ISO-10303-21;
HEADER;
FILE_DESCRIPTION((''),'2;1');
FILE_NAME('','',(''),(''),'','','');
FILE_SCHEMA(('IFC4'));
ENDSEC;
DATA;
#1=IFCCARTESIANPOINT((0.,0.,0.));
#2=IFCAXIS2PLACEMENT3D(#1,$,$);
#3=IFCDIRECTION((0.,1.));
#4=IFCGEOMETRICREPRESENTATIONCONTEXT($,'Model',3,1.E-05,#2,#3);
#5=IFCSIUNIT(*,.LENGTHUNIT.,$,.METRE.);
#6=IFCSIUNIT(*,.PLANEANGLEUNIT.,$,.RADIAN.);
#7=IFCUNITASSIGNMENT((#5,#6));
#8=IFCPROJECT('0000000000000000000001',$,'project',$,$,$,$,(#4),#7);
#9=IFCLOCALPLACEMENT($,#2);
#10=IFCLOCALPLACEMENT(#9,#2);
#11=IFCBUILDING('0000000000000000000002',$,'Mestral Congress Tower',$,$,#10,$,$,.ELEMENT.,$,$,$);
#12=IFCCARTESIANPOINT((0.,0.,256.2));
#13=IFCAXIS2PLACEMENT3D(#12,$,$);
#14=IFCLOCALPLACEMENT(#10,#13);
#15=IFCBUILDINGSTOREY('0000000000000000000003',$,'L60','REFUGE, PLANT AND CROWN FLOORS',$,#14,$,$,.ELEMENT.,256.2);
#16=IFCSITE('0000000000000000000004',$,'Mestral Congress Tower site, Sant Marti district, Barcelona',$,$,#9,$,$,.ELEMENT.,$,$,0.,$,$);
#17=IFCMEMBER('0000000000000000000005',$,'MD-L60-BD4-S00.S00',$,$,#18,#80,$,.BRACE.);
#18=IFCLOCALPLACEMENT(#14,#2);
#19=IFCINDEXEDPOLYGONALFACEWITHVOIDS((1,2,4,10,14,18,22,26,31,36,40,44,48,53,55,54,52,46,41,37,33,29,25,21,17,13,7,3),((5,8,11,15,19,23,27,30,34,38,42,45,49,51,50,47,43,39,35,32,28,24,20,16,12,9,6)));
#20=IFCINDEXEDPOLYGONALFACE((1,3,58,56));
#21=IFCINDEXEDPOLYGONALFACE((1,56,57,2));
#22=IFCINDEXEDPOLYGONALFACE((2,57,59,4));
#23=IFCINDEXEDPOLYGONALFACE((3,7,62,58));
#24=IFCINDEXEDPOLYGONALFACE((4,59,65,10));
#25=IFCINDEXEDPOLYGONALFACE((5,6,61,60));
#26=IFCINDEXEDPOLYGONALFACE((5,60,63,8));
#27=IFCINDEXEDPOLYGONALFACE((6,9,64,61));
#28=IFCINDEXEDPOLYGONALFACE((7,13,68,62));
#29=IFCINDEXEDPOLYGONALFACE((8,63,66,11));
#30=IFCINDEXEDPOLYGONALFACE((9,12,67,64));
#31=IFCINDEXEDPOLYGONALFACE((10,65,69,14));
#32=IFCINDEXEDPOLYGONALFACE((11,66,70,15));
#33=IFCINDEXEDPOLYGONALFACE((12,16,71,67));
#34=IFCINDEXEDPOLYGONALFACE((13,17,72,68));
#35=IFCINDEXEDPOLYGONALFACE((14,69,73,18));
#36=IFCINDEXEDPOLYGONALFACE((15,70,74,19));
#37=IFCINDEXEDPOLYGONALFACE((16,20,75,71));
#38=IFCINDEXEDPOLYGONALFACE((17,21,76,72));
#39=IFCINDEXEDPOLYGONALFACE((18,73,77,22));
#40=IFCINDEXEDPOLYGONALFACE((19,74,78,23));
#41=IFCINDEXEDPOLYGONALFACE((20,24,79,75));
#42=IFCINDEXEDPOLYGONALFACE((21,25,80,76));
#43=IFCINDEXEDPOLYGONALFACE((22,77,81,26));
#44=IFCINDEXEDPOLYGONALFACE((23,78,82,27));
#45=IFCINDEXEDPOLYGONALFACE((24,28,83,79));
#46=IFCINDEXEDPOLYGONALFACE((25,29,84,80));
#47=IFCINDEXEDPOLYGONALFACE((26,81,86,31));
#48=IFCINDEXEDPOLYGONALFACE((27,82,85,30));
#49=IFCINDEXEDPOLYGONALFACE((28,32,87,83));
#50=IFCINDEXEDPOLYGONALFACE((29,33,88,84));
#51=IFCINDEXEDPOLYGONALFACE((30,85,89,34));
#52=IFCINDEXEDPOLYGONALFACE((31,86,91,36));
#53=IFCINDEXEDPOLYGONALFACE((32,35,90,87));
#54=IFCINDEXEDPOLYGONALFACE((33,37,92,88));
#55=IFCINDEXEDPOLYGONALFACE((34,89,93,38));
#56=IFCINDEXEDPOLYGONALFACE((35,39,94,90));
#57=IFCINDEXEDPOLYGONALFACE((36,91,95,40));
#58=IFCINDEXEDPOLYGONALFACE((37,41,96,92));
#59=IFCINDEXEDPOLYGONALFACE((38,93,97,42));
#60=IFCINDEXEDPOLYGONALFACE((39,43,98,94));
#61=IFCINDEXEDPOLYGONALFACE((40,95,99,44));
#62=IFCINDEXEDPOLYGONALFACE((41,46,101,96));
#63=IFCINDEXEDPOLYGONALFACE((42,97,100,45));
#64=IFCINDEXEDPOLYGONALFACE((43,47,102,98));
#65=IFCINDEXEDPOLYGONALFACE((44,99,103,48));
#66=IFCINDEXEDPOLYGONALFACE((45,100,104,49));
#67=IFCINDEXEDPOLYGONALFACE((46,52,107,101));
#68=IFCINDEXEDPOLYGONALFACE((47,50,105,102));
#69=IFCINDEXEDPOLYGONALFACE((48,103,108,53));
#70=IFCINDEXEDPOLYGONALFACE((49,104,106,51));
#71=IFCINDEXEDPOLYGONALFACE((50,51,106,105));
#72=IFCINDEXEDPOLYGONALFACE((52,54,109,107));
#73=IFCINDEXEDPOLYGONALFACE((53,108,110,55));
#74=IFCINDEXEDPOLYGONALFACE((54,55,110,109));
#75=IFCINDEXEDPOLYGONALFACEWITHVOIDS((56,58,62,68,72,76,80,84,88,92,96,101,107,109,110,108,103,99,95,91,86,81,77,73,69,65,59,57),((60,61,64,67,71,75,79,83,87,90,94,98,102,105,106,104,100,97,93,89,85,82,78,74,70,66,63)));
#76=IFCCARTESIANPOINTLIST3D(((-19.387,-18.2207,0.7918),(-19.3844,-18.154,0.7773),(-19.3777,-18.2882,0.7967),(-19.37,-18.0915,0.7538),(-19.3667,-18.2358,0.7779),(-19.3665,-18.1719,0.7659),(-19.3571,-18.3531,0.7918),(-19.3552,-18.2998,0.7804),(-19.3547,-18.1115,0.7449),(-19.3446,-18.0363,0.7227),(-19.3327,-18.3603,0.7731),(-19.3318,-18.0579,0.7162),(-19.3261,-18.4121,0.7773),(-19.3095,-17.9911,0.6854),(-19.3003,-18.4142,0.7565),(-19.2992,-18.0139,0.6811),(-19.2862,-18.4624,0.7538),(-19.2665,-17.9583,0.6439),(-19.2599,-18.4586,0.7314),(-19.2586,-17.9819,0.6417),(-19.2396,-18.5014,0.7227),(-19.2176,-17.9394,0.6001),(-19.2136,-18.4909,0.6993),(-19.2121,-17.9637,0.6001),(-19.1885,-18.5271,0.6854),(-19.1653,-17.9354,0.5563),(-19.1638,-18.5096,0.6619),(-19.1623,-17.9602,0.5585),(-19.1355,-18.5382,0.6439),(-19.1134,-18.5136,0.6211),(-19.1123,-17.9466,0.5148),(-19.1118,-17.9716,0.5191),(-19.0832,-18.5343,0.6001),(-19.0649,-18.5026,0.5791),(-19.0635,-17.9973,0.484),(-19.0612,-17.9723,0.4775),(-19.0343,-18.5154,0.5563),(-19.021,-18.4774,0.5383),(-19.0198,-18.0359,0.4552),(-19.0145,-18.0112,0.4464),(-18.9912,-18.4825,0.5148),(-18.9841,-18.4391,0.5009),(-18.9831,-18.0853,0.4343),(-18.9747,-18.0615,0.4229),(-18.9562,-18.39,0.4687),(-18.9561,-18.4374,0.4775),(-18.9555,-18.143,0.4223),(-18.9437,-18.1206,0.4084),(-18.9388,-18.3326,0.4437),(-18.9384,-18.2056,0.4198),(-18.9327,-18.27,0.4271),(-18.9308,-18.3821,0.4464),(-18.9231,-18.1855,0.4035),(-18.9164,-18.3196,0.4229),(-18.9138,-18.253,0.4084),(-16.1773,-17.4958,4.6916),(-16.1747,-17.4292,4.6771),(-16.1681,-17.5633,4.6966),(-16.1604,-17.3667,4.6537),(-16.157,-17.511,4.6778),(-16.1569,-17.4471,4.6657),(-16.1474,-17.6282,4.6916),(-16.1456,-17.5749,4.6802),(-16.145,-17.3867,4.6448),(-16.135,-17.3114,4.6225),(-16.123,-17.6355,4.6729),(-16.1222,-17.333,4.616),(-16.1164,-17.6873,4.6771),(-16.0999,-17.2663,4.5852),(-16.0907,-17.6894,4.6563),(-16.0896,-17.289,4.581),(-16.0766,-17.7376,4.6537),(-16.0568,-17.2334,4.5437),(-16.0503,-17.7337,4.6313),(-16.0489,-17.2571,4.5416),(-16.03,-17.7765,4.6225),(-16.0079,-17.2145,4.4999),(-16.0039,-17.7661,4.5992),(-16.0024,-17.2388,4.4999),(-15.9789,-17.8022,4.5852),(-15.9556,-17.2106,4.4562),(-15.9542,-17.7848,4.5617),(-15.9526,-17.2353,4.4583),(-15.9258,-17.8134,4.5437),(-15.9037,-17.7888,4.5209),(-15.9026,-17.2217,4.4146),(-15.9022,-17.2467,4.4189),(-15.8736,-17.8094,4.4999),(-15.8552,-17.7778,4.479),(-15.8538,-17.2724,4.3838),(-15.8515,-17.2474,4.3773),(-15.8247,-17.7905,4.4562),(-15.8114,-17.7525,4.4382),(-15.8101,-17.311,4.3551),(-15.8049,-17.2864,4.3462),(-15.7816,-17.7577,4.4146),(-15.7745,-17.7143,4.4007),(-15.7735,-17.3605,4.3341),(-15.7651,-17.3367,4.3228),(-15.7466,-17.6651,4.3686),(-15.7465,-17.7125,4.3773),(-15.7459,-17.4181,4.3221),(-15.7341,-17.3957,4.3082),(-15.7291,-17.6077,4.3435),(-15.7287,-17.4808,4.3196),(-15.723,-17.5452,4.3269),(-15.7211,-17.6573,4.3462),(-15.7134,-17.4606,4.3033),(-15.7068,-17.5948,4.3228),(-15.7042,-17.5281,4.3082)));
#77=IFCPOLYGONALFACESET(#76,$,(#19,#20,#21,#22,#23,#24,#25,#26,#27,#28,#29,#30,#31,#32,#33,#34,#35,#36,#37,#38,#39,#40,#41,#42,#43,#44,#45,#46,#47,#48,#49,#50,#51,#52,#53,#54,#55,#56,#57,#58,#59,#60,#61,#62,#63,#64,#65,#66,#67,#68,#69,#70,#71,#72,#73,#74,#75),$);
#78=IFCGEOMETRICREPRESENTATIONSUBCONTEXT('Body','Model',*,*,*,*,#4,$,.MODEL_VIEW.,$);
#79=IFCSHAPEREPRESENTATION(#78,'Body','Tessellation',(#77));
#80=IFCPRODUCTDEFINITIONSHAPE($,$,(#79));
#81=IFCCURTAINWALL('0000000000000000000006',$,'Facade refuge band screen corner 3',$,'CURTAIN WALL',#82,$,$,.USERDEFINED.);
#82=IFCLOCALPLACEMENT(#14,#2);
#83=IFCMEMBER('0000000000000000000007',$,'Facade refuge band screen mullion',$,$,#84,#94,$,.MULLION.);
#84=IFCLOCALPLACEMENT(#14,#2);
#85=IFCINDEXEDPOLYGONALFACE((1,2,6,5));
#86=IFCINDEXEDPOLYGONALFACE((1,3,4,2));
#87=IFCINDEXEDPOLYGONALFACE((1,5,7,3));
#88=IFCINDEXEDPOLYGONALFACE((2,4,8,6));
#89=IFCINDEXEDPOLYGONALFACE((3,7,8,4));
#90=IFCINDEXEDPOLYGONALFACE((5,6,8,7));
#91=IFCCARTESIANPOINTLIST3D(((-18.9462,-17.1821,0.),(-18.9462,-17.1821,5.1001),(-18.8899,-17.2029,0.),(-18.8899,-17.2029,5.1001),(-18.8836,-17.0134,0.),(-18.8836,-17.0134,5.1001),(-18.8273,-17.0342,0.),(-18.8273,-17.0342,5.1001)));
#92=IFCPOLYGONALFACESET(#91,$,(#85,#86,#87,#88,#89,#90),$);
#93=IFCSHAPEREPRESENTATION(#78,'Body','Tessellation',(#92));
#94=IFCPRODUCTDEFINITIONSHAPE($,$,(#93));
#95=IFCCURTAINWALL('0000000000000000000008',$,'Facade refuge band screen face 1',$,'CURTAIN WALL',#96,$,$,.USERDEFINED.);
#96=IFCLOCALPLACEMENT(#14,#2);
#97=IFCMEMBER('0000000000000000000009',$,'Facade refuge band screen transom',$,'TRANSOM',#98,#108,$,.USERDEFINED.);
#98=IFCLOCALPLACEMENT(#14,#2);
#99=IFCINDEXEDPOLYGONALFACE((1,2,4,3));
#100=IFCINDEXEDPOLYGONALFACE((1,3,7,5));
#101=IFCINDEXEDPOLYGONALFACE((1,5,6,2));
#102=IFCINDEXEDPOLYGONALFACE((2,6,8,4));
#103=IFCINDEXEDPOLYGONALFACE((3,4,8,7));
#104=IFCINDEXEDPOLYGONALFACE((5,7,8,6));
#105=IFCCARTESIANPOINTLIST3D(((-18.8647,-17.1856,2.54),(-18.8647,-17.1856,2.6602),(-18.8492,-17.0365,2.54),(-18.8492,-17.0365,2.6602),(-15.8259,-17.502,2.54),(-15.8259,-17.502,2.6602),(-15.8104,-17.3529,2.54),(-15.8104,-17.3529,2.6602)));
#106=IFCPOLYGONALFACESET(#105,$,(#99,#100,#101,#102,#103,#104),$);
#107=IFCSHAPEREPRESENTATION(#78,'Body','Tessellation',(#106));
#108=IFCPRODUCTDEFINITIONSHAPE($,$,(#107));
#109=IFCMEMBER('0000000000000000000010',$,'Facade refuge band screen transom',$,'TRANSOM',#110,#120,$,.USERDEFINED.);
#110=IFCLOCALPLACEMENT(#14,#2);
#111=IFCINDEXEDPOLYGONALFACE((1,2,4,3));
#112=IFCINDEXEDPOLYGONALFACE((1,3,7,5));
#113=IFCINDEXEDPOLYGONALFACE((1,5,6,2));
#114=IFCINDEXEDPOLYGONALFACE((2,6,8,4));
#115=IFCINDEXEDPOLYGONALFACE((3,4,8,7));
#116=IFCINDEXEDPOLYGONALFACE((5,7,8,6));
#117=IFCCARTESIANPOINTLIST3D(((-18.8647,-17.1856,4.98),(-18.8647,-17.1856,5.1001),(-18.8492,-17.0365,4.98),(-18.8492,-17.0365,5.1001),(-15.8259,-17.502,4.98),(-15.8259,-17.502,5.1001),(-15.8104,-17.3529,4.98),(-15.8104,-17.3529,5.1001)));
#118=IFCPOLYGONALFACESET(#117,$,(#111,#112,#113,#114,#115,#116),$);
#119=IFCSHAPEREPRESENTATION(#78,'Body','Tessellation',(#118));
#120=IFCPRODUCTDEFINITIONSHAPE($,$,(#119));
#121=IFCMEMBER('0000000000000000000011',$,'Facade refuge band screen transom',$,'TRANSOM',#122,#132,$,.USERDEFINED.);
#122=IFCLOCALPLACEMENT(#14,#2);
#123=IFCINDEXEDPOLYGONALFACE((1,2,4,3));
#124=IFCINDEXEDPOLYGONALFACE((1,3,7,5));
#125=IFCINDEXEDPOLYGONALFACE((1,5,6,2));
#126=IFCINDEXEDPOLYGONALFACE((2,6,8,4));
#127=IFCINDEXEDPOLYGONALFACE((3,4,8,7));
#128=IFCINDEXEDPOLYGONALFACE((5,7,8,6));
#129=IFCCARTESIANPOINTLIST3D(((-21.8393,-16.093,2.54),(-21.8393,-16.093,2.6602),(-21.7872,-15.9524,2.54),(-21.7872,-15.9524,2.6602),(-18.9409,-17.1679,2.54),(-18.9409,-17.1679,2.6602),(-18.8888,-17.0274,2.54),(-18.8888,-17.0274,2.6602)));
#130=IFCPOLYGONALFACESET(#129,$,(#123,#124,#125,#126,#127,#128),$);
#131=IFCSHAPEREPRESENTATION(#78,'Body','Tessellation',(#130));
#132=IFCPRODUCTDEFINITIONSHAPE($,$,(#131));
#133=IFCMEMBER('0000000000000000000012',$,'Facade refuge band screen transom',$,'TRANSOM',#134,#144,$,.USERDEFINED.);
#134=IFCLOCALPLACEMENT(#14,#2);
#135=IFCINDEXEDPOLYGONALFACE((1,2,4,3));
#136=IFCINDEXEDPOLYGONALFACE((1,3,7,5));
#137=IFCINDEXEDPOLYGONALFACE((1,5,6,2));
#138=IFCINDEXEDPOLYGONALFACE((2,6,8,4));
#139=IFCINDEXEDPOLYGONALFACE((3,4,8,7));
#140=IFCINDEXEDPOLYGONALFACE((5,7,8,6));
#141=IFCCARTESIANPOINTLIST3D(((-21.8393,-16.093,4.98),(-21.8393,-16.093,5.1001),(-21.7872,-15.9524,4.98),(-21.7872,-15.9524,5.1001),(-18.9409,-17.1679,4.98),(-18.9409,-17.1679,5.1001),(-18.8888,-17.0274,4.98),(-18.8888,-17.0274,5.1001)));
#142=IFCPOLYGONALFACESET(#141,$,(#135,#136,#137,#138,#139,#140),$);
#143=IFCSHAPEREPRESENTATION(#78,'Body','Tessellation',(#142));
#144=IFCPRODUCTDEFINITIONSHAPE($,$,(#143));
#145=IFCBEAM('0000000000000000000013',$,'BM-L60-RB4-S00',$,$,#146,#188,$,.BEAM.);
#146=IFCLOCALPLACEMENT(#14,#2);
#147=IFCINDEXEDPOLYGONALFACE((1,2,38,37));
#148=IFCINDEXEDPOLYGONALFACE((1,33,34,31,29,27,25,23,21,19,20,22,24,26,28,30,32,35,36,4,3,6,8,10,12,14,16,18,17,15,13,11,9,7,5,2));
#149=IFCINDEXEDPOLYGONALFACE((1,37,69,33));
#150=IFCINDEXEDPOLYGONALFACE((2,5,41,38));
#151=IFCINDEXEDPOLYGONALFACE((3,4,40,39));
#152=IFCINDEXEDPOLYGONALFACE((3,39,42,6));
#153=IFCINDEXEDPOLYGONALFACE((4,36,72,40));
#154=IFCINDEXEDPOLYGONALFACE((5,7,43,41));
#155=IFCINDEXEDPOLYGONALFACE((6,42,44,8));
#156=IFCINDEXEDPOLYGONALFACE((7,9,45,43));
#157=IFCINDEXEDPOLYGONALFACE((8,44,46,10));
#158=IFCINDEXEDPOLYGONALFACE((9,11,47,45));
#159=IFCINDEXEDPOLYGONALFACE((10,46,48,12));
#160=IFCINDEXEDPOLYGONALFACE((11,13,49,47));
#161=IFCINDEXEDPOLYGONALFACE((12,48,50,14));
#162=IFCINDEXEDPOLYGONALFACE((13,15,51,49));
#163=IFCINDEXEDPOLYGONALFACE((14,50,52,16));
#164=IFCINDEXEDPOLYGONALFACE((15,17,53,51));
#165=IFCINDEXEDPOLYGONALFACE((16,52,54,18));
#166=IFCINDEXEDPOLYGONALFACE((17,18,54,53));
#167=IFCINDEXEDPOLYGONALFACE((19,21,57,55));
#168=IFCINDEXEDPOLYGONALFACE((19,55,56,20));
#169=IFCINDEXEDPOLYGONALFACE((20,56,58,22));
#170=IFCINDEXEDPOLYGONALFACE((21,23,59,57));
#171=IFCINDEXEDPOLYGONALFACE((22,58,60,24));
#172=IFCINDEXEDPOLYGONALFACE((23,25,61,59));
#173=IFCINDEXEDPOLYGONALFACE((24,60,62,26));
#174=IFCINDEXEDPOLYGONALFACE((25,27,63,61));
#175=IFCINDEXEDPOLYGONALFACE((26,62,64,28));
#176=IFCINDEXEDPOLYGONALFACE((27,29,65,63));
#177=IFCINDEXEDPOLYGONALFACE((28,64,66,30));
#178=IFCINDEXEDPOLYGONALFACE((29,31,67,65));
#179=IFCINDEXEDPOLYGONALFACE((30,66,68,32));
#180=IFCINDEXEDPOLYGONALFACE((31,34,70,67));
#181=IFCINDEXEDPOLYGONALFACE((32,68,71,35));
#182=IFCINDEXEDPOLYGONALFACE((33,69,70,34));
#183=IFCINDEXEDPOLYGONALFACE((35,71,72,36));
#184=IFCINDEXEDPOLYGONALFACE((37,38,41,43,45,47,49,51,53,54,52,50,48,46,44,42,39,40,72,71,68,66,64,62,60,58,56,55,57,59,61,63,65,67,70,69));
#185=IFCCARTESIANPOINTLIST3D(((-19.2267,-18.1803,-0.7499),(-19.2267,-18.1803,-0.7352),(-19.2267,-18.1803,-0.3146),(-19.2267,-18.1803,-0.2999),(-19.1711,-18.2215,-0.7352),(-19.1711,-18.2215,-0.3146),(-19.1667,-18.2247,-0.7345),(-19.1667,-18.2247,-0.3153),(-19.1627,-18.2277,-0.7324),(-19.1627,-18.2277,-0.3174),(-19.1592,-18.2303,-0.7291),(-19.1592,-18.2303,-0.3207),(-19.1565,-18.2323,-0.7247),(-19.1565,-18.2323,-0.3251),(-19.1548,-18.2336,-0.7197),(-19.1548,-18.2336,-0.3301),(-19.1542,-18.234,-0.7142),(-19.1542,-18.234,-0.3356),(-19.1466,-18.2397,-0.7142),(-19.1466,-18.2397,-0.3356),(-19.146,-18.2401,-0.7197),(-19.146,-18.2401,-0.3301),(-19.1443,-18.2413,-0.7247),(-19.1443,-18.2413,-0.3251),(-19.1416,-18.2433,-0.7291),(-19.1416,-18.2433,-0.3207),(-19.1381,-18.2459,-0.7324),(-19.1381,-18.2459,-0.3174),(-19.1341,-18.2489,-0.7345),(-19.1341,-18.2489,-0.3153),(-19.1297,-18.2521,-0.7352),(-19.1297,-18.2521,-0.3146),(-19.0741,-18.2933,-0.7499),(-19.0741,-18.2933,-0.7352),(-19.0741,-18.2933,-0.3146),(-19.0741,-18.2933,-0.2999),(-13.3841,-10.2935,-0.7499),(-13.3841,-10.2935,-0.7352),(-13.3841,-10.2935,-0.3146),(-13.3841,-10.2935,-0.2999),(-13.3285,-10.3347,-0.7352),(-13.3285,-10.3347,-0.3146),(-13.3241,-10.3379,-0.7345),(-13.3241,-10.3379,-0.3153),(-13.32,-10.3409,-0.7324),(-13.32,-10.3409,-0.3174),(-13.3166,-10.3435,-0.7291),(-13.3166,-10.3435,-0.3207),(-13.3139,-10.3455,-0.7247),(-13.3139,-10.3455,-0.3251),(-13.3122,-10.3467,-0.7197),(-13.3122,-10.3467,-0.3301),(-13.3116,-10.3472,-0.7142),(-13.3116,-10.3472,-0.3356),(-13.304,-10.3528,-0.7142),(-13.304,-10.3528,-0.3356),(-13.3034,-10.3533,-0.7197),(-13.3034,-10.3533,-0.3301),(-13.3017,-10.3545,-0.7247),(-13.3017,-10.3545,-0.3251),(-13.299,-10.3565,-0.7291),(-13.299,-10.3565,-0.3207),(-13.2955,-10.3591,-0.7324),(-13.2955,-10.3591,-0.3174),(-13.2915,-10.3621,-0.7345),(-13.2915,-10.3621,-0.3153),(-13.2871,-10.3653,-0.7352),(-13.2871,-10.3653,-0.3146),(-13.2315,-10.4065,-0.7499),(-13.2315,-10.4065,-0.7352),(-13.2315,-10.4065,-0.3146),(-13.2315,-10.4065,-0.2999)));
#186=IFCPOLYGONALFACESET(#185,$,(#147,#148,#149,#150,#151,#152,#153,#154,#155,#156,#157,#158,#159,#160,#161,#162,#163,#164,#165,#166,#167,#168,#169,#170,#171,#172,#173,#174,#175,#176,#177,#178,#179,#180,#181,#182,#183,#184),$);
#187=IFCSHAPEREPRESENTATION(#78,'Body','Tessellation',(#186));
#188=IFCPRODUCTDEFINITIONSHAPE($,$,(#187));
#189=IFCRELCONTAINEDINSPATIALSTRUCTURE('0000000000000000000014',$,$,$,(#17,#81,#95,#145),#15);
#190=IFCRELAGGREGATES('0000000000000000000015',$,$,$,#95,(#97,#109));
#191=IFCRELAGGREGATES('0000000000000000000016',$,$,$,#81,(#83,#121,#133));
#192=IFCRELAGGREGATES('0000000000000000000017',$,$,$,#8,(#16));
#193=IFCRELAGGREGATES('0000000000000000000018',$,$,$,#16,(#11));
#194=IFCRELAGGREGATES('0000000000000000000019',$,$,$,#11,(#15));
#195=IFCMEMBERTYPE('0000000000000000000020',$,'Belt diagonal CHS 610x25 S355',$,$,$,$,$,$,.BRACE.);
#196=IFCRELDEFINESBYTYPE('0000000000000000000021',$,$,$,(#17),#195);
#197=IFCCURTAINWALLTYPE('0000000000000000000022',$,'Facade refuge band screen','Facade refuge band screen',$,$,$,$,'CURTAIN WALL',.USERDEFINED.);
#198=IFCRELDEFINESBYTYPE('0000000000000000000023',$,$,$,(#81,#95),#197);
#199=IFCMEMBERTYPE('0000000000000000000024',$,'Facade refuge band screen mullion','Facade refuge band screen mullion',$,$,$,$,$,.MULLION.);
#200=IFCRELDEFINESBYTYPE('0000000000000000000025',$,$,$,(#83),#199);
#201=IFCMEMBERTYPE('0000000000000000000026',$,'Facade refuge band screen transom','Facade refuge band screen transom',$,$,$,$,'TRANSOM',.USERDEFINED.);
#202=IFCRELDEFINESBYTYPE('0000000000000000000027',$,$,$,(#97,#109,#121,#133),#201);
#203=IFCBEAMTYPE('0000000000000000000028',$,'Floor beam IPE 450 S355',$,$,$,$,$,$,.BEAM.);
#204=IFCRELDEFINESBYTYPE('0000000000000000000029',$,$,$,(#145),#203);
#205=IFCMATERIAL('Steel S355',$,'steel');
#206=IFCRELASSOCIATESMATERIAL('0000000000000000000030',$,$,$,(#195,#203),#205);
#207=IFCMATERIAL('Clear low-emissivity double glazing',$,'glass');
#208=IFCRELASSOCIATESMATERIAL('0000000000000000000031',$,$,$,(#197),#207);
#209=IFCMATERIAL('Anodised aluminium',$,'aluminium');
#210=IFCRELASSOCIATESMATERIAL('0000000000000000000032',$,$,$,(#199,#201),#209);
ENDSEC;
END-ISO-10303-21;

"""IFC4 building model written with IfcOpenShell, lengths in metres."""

from ifc_helpers import new_model, si_unit, direction, frame, origin, origin_2d, place, context, subcontext, project, spatial, rectangle, hollow_circle, i_section, extrude, material, material_profile, profile_set, type_object, element, aggregate, save


model = new_model("IFC4")

# Units and contexts
model_context = context("Model", 3, precision=1e-05, world=origin(), true_north=direction((0.0, 1.0)))
body_context = subcontext(model_context, "Body", "Model", "MODEL_VIEW")
ifc_project = project(units=[si_unit("LENGTHUNIT", "METRE"), si_unit("PLANEANGLEUNIT", "RADIAN")], contexts=[model_context])

# Site, building, storey
site_placement = place(None, origin())
site = spatial("IfcSite", under=ifc_project, at=site_placement, Name="Mestral Congress Tower site, Sant Marti district, Barcelona", CompositionType="ELEMENT", RefElevation=0.0)
building_placement = place(site_placement, origin())
building = spatial("IfcBuilding", under=site, at=building_placement, Name="Mestral Congress Tower", CompositionType="ELEMENT")
storey_placement = place(building_placement, frame((0.0, 0.0, 256.2)))
storey = spatial("IfcBuildingStorey", under=building, at=storey_placement, Name="L60", Description="REFUGE, PLANT AND CROWN FLOORS", CompositionType="ELEMENT", Elevation=256.2)

# Member
ifc_material_1 = material(Name="Steel S355", Category="steel")
ifc_material_profile_1 = material_profile(ifc_material_1, hollow_circle(Radius=0.3049, WallThickness=0.0249, at=origin_2d()), Name="CHS 610x25")
ifc_profile_set_1 = profile_set([ifc_material_profile_1], Name="Steel S355")
member_type_1 = type_object("IfcMemberType", Name="Belt diagonal CHS 610x25 S355", PredefinedType="BRACE", material=ifc_profile_set_1)
member_1_placement = place(storey_placement, frame((-19.1504, -18.2368, 0.6001), z_axis=(0.629031, 0.142055, 0.764291), x_axis=(-0.220284, 0.975436, 0.0)))
element("IfcMember", 1, at=member_1_placement, inside=storey, type_object=member_type_1, Name="MD-L60-BD4-S00.S00", PredefinedType="BRACE", context=body_context, shape_type="SweptSolid", body=[
    extrude(hollow_circle(Radius=0.3049, WallThickness=0.0249, at=origin_2d()), origin(), (0.0, 0.0, 1.0), 5.1025),
])

# Curtain wall, member
ifc_material_2 = material(Name="Clear low-emissivity double glazing", Category="glass")
curtain_wall_type = type_object("IfcCurtainWallType", Name="Facade refuge band screen", Description="Facade refuge band screen", ElementType="CURTAIN WALL", PredefinedType="USERDEFINED", material=ifc_material_2)
placement = place(storey_placement, origin())
curtain_wall_1 = element("IfcCurtainWall", 2, at=placement, inside=storey, type_object=curtain_wall_type, Name="Facade refuge band screen corner 3", ObjectType="CURTAIN WALL", PredefinedType="USERDEFINED")
ifc_material_3 = material(Name="Anodised aluminium", Category="aluminium")
ifc_material_profile_2 = material_profile(ifc_material_3, rectangle(XDim=0.1799, YDim=0.0601, at=origin_2d()), Name="CW3 mullion 180 x 60")
ifc_profile_set_2 = profile_set([ifc_material_profile_2], Name="Anodised aluminium")
member_type_2 = type_object("IfcMemberType", Name="Facade refuge band screen mullion", Description="Facade refuge band screen mullion", PredefinedType="MULLION", material=ifc_profile_set_2)
member_2_placement = place(storey_placement, frame((-18.8867, -17.1082, 0.0), z_axis=(0.0, 0.0, 1.0), x_axis=(-0.347764, -0.937582, 0.0)))
member_2 = element("IfcMember", 3, at=member_2_placement, type_object=member_type_2, Name="Facade refuge band screen mullion", PredefinedType="MULLION", context=body_context, shape_type="SweptSolid", body=[
    extrude(rectangle(XDim=0.1799, YDim=0.0601, at=origin_2d()), origin(), (0.0, 0.0, 1.0), 5.1001),
])

# Curtain wall, members
curtain_wall_2 = element("IfcCurtainWall", 4, at=placement, inside=storey, type_object=curtain_wall_type, Name="Facade refuge band screen face 1", ObjectType="CURTAIN WALL", PredefinedType="USERDEFINED")
ifc_material_profile_3 = material_profile(ifc_material_3, rectangle(XDim=0.1499, YDim=0.1201, at=origin_2d()), Name="CW3 transom 150 x 120")
ifc_profile_set_3 = profile_set([ifc_material_profile_3], Name="Anodised aluminium")
member_type_3 = type_object("IfcMemberType", Name="Facade refuge band screen transom", Description="Facade refuge band screen transom", ElementType="TRANSOM", PredefinedType="USERDEFINED", material=ifc_profile_set_3)
member_3_placement = place(storey_placement, frame((-18.8569, -17.1111, 2.6001), z_axis=(0.994623, -0.103562, 0.0), x_axis=(0.103562, 0.994623, 0.0)))
member_3 = element("IfcMember", 5, at=member_3_placement, type_object=member_type_3, Name="Facade refuge band screen transom", ObjectType="TRANSOM", PredefinedType="USERDEFINED", context=body_context, shape_type="SweptSolid", body=[
    extrude(rectangle(XDim=0.1499, YDim=0.1201, at=origin_2d()), origin(), (0.0, 0.0, 1.0), 3.0552),
])
member_4_placement = place(storey_placement, frame((-18.8569, -17.1111, 5.04), z_axis=(0.994623, -0.103562, 0.0), x_axis=(0.103562, 0.994623, 0.0)))
member_4 = element("IfcMember", 6, at=member_4_placement, type_object=member_type_3, Name="Facade refuge band screen transom", ObjectType="TRANSOM", PredefinedType="USERDEFINED", context=body_context, shape_type="SweptSolid", body=[
    extrude(rectangle(XDim=0.1499, YDim=0.1201, at=origin_2d()), origin(), (0.0, 0.0, 1.0), 3.0552),
])

# Members
member_5_placement = place(storey_placement, frame((-21.8132, -16.0227, 2.6001), z_axis=(0.937595, -0.347728, 0.0), x_axis=(0.347728, 0.937595, 0.0)))
member_5 = element("IfcMember", 7, at=member_5_placement, type_object=member_type_3, Name="Facade refuge band screen transom", ObjectType="TRANSOM", PredefinedType="USERDEFINED", context=body_context, shape_type="SweptSolid", body=[
    extrude(rectangle(XDim=0.1499, YDim=0.1201, at=origin_2d()), origin(), (0.0, 0.0, 1.0), 3.0913),
])
member_6_placement = place(storey_placement, frame((-21.8132, -16.0227, 5.04), z_axis=(0.937595, -0.347728, 0.0), x_axis=(0.347728, 0.937595, 0.0)))
member_6 = element("IfcMember", 8, at=member_6_placement, type_object=member_type_3, Name="Facade refuge band screen transom", ObjectType="TRANSOM", PredefinedType="USERDEFINED", context=body_context, shape_type="SweptSolid", body=[
    extrude(rectangle(XDim=0.1499, YDim=0.1201, at=origin_2d()), origin(), (0.0, 0.0, 1.0), 3.0913),
])

# Beam
ifc_material_profile_4 = material_profile(ifc_material_1, i_section(OverallWidth=0.1899, OverallDepth=0.45, WebThickness=0.0095, FlangeThickness=0.0146, FilletRadius=0.021, at=origin_2d()), Name="IPE 450")
ifc_profile_set_4 = profile_set([ifc_material_profile_4], Name="Steel S355")
beam_type_1 = type_object("IfcBeamType", Name="Floor beam IPE 450 S355", PredefinedType="BEAM", material=ifc_profile_set_4)
beam_1_placement = place(storey_placement, frame((-19.1504, -18.2368, -0.5249), z_axis=(0.595261, 0.803532, 0.0), x_axis=(-0.803532, 0.595261, 0.0)))
element("IfcBeam", 9, at=beam_1_placement, inside=storey, type_object=beam_type_1, Name="BM-L60-RB4-S00", PredefinedType="BEAM", context=body_context, shape_type="SweptSolid", body=[
    extrude(i_section(OverallWidth=0.1899, OverallDepth=0.45, WebThickness=0.0095, FlangeThickness=0.0146, FilletRadius=0.021, at=origin_2d()), origin(), (0.0, 0.0, 1.0), 9.8152),
])

aggregate(curtain_wall_2, [member_3, member_4])

aggregate(curtain_wall_1, [member_2, member_5, member_6])

save(model, "model.ifc")
